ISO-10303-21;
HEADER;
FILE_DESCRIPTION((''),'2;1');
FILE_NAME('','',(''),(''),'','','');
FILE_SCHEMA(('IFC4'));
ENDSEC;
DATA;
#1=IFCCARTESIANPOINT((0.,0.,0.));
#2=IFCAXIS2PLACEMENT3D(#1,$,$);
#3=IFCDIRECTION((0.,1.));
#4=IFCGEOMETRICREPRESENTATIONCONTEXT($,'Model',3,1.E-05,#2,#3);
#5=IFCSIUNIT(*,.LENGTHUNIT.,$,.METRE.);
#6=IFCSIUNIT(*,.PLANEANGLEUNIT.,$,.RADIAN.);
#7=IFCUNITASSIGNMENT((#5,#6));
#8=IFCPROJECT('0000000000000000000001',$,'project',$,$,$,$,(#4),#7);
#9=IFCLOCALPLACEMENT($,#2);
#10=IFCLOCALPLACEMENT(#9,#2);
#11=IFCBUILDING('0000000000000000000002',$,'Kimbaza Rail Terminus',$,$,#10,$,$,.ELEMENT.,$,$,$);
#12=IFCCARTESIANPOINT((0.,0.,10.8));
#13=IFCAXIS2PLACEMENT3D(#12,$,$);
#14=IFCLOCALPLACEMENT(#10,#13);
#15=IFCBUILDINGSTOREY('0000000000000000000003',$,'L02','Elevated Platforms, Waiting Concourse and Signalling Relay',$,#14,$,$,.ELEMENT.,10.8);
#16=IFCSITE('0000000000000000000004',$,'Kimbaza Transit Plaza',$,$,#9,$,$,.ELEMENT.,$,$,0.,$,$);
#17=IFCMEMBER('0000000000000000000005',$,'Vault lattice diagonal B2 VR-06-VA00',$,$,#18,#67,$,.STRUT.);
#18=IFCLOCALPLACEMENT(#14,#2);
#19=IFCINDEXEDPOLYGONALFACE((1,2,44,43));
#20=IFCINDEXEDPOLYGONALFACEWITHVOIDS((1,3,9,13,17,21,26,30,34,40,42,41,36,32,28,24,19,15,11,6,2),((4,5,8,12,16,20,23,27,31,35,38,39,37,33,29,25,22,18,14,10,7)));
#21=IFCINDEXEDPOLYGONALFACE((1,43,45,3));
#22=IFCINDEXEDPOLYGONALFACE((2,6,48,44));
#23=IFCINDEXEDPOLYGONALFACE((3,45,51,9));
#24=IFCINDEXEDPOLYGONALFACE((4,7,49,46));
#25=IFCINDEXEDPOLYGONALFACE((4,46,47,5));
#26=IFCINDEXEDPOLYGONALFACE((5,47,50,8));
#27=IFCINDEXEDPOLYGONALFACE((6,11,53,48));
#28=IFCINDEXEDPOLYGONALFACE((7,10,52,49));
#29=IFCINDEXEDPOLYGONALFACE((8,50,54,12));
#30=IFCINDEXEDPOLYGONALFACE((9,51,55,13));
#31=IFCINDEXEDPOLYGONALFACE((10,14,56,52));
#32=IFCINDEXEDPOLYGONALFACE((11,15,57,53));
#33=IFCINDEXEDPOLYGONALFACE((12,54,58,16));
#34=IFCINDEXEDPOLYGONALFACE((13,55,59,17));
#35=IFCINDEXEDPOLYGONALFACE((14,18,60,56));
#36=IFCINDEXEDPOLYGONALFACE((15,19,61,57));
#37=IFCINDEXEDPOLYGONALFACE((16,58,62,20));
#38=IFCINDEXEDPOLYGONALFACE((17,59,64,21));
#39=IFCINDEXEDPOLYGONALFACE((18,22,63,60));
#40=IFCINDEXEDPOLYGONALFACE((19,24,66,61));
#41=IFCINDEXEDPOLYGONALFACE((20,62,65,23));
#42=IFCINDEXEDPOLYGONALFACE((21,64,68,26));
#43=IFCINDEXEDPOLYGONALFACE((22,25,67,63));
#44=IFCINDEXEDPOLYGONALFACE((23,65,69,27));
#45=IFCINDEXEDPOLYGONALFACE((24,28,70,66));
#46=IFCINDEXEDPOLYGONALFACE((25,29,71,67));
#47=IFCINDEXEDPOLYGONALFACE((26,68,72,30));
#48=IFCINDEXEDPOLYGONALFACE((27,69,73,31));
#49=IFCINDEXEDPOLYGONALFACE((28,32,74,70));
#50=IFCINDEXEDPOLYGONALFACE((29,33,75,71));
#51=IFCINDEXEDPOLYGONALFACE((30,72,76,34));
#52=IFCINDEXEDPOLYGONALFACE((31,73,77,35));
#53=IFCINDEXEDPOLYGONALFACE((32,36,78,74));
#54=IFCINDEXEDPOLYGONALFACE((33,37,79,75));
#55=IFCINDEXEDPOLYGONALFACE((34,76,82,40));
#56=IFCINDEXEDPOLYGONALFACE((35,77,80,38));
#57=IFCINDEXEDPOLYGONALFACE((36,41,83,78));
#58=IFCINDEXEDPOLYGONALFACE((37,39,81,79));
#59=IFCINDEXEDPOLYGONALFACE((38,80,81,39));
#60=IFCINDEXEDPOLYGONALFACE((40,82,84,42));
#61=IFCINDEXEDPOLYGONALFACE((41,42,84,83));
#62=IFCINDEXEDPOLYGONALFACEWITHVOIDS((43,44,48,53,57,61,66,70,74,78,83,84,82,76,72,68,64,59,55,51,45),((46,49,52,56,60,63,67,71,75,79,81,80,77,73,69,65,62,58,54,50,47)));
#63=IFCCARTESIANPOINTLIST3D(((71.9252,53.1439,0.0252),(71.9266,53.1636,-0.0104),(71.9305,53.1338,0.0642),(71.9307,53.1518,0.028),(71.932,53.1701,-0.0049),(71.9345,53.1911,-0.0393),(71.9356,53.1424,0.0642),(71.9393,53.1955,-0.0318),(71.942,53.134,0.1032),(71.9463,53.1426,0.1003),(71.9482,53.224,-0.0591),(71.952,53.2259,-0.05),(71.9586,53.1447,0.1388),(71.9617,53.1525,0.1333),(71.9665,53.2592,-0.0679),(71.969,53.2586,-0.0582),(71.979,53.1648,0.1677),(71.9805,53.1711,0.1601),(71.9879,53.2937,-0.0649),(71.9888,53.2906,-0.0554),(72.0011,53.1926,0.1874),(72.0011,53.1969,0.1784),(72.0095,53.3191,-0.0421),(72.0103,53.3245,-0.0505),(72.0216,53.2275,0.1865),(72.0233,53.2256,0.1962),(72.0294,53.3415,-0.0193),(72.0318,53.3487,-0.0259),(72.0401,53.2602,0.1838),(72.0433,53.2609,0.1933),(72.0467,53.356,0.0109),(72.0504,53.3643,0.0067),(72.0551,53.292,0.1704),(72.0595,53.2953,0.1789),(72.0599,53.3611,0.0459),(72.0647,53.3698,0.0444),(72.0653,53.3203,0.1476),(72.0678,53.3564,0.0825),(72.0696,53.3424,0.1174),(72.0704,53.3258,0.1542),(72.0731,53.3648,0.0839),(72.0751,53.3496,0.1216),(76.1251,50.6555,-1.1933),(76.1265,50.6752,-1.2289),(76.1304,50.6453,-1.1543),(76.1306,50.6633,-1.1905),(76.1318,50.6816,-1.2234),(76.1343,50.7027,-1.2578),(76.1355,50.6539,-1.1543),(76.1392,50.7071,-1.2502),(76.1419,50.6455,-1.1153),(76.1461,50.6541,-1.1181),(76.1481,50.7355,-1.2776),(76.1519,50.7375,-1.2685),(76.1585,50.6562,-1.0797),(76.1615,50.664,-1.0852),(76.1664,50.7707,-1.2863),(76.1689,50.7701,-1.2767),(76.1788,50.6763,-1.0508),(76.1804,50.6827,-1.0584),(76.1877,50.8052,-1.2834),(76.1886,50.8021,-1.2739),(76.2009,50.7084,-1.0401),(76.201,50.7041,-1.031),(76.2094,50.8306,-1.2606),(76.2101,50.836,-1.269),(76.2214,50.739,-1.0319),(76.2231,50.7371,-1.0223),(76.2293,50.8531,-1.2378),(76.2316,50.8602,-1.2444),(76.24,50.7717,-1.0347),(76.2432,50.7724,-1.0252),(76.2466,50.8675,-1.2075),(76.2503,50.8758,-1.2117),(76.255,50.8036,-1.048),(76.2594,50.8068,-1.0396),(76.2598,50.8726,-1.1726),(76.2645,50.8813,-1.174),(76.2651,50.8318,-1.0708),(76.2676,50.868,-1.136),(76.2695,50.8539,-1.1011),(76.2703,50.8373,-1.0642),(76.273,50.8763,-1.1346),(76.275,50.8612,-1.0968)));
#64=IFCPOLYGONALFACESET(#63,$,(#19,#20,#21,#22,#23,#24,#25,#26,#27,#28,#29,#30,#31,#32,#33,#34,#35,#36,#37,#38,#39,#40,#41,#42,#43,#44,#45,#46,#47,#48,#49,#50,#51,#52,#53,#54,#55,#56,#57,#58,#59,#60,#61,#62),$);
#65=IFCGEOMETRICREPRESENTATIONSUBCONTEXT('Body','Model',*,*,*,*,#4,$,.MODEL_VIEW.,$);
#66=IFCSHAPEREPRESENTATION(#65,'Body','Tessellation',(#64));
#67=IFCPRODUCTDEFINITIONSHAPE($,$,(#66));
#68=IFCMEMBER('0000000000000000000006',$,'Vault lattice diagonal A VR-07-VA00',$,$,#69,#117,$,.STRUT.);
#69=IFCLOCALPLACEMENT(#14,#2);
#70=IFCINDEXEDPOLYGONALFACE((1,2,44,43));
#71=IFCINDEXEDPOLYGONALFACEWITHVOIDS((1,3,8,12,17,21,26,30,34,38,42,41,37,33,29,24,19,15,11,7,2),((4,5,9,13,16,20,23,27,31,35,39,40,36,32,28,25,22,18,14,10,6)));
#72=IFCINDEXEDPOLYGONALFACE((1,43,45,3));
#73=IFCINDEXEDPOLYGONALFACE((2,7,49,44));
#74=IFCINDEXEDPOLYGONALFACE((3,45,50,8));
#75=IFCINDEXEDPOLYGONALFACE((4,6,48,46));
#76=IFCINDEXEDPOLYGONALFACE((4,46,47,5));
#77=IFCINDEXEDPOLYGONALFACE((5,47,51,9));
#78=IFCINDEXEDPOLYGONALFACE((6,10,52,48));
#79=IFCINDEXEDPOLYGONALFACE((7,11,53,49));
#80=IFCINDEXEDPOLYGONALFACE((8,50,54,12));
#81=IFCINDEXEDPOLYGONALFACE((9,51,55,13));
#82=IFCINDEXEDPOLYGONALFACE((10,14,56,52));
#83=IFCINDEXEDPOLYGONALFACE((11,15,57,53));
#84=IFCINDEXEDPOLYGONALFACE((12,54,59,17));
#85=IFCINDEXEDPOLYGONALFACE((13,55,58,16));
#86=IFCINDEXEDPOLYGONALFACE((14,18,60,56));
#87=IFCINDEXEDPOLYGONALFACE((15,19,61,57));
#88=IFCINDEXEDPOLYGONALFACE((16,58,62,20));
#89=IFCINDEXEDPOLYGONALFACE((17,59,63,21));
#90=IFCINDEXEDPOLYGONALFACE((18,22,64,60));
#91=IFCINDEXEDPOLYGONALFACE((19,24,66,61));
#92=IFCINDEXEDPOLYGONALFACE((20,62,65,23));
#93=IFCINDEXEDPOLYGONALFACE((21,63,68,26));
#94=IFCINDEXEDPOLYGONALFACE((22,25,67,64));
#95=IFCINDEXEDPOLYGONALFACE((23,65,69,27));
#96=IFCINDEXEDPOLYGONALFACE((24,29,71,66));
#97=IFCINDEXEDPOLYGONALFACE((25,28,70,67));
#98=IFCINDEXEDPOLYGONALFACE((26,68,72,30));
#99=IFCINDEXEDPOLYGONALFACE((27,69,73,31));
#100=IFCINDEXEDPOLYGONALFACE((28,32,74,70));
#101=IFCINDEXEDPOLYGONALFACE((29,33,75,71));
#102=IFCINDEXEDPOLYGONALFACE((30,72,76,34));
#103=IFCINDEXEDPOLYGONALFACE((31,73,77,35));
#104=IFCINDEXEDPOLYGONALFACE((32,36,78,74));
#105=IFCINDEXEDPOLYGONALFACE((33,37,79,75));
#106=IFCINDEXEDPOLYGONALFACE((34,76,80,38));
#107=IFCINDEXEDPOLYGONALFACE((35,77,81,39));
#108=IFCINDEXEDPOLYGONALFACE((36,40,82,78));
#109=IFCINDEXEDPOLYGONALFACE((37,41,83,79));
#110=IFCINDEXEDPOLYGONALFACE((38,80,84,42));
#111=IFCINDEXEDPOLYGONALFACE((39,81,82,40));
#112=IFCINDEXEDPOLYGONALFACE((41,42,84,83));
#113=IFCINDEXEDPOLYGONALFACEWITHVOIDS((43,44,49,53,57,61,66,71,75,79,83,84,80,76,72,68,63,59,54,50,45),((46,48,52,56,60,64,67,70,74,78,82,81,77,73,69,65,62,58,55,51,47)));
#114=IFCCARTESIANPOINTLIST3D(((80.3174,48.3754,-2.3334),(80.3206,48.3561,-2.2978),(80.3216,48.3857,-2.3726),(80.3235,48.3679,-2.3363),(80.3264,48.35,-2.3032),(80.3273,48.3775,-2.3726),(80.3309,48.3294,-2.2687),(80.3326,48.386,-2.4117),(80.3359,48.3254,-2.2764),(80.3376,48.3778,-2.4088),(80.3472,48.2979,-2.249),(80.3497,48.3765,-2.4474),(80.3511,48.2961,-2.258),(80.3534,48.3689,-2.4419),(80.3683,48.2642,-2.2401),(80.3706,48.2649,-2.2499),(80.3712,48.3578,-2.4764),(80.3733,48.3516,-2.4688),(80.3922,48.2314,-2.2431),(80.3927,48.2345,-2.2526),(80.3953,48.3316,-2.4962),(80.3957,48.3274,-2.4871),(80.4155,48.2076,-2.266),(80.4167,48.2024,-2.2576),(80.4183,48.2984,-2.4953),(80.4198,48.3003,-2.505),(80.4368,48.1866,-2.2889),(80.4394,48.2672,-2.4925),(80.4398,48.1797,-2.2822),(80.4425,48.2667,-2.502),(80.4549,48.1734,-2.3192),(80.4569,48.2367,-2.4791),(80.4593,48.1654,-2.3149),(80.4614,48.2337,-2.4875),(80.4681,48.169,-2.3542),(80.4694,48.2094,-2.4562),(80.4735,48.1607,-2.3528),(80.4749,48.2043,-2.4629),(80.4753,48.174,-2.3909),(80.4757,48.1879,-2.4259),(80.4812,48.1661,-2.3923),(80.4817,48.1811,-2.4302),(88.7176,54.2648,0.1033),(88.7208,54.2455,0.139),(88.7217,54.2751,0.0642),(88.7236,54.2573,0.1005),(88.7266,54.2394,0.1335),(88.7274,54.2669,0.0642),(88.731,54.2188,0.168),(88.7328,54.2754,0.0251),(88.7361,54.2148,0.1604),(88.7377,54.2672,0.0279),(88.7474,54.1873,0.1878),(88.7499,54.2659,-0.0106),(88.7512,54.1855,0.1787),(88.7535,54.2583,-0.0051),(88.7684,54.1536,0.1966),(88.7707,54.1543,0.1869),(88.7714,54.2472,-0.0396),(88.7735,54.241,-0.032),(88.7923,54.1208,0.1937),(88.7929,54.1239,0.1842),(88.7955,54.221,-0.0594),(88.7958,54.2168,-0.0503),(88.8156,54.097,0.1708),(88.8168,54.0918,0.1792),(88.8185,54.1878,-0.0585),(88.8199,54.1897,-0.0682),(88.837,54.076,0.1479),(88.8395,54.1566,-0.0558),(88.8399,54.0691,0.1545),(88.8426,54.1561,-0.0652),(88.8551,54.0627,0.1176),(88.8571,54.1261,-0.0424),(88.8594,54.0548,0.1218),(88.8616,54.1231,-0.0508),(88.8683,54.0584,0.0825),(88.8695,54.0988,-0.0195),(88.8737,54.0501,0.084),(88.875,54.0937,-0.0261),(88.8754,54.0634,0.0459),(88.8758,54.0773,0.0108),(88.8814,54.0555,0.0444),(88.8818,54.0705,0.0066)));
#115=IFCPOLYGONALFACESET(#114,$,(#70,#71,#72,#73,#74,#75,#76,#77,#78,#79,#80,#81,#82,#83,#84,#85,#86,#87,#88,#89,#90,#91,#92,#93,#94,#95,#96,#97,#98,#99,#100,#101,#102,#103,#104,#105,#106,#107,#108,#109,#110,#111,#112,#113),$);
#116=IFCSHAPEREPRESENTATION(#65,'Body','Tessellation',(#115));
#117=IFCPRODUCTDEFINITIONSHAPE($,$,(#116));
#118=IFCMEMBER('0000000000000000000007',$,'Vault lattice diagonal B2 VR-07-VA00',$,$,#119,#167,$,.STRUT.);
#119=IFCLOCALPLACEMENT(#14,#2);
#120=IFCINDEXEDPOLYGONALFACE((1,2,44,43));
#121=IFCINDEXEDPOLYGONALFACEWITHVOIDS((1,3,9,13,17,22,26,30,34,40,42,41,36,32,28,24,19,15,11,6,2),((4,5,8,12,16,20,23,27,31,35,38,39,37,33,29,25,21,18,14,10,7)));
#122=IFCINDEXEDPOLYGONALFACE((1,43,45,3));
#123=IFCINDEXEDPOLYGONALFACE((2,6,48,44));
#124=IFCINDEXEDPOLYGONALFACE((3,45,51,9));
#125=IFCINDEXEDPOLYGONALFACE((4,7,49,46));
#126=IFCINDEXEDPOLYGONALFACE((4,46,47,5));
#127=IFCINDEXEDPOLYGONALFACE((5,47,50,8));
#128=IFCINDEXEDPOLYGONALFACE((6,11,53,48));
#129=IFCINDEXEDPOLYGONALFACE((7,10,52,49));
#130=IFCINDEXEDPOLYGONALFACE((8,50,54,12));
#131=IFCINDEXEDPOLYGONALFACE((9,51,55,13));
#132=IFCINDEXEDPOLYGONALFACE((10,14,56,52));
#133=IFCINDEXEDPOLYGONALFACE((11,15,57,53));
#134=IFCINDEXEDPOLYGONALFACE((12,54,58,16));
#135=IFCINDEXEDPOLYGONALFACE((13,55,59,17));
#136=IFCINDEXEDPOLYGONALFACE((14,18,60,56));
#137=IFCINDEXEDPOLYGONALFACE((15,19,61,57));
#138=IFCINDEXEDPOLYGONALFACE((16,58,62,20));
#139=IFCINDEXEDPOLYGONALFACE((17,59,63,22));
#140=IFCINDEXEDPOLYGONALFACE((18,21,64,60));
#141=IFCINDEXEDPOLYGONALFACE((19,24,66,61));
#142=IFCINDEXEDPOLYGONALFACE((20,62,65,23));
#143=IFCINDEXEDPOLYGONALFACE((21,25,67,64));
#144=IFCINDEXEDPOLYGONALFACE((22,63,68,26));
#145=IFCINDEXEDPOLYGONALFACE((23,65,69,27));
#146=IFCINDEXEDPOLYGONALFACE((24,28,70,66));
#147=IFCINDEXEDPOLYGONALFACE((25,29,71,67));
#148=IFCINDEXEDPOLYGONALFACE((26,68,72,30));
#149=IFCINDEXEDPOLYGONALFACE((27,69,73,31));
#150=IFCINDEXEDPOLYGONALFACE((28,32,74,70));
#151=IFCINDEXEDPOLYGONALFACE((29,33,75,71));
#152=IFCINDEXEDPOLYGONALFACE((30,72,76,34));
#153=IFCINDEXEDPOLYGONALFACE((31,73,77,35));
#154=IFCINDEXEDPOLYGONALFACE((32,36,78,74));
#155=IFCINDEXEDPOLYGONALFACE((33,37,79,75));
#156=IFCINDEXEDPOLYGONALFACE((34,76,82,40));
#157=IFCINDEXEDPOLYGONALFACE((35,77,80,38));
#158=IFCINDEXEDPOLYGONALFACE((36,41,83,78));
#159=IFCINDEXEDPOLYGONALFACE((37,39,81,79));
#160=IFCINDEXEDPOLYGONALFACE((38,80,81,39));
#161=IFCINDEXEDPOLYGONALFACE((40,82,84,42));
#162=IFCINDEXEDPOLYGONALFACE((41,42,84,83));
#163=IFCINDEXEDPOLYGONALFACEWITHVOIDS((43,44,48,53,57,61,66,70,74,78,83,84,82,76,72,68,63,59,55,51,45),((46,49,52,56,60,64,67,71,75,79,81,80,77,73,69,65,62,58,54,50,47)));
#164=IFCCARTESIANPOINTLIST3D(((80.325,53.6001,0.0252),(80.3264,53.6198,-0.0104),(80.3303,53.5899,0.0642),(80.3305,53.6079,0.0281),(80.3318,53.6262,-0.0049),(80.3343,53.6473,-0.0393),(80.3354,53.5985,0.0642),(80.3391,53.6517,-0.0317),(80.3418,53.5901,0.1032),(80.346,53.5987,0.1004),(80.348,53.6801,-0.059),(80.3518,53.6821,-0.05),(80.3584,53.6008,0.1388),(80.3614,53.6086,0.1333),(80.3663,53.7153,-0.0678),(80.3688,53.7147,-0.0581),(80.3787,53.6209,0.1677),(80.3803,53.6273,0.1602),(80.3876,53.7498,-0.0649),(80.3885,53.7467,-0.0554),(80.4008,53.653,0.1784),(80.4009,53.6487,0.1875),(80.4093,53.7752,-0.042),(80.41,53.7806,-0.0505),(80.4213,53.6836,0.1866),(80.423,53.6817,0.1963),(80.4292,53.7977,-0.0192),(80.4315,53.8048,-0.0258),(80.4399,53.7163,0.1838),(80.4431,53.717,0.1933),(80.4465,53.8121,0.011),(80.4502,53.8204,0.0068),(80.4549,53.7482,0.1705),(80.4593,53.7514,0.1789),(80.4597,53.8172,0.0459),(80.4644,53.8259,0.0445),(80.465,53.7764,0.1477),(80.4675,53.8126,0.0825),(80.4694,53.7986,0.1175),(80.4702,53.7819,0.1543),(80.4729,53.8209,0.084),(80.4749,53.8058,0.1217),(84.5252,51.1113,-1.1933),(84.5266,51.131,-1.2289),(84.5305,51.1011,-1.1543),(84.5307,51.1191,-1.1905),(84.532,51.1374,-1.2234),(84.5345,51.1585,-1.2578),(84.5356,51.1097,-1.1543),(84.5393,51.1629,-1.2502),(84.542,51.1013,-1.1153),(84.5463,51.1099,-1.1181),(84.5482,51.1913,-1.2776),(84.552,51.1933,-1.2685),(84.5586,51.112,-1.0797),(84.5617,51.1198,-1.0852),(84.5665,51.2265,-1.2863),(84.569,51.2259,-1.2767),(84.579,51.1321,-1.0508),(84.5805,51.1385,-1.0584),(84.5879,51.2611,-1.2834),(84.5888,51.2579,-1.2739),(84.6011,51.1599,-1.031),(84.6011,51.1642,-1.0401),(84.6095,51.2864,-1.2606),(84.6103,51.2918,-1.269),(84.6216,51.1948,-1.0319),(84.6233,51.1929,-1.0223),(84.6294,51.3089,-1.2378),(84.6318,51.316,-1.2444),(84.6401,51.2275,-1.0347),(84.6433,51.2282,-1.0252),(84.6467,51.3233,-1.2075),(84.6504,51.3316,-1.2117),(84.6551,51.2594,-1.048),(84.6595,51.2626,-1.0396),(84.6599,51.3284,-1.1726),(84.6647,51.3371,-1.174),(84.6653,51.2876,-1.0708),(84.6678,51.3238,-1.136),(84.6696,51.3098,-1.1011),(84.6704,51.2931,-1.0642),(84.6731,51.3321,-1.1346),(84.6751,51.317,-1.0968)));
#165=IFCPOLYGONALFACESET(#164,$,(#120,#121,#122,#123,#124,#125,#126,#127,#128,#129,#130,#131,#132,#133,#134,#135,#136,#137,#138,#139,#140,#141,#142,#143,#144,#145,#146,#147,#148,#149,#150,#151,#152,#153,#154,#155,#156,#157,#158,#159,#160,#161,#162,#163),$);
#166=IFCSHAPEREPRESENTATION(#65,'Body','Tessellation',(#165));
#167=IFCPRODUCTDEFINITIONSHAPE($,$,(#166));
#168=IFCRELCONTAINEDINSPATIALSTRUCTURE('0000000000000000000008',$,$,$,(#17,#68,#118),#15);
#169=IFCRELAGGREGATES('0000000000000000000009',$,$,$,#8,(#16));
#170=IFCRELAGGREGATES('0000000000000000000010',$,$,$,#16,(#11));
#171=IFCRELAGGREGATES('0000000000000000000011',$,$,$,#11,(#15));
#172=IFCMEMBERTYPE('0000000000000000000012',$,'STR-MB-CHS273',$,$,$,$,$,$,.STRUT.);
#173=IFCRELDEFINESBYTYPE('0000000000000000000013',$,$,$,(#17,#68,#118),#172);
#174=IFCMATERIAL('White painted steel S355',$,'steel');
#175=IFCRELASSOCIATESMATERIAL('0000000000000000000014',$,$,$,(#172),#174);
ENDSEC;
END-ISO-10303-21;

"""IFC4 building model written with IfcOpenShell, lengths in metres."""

from ifc_helpers import new_model, si_unit, direction, frame, origin, origin_2d, place, context, subcontext, project, spatial, hollow_circle, extrude, material, material_profile, profile_set, type_object, element, save


model = new_model("IFC4")

# Units and contexts
model_context = context("Model", 3, precision=1e-05, world=origin(), true_north=direction((0.0, 1.0)))
body_context = subcontext(model_context, "Body", "Model", "MODEL_VIEW")
ifc_project = project(units=[si_unit("LENGTHUNIT", "METRE"), si_unit("PLANEANGLEUNIT", "RADIAN")], contexts=[model_context])

# Site, building, storey
site_placement = place(None, origin())
site = spatial("IfcSite", under=ifc_project, at=site_placement, Name="Kimbaza Transit Plaza", CompositionType="ELEMENT", RefElevation=0.0)
building_placement = place(site_placement, origin())
building = spatial("IfcBuilding", under=site, at=building_placement, Name="Kimbaza Rail Terminus", CompositionType="ELEMENT")
storey_placement = place(building_placement, frame((0.0, 0.0, 10.8)))
storey = spatial("IfcBuildingStorey", under=building, at=storey_placement, Name="L02", Description="Elevated Platforms, Waiting Concourse and Signalling Relay", CompositionType="ELEMENT", Elevation=10.8)

# Members
ifc_material_1 = material(Name="White painted steel S355", Category="steel")
ifc_material_profile_1 = material_profile(ifc_material_1, hollow_circle(Radius=0.1365, WallThickness=0.01, at=origin_2d()), Name="CHS 273x10")
ifc_profile_set_1 = profile_set([ifc_material_profile_1], Name="White painted steel S355")
member_type_1 = type_object("IfcMemberType", Name="STR-MB-CHS273", PredefinedType="STRUT", material=ifc_profile_set_1)
member_1_placement = place(storey_placement, frame((76.2, 50.7627, -1.1543), z_axis=(-0.834713, 0.494578, 0.24217), x_axis=(-0.509752, -0.860322, 0.0)))
element("IfcMember", 1, at=member_1_placement, inside=storey, type_object=member_type_1, Name="Vault lattice diagonal B2 VR-06-VA00", PredefinedType="STRUT", context=body_context, shape_type="SweptSolid", body=[
    extrude(hollow_circle(Radius=0.1365, WallThickness=0.01, at=origin_2d()), origin(), (0.0, 0.0, 1.0), 5.0315),
])
member_2_placement = place(storey_placement, frame((80.3999, 48.2739, -2.3726), z_axis=(0.796642, 0.558531, 0.231095), x_axis=(-0.574071, 0.818806, 0.0)))
element("IfcMember", 2, at=member_2_placement, inside=storey, type_object=member_type_1, Name="Vault lattice diagonal A VR-07-VA00", PredefinedType="STRUT", context=body_context, shape_type="SweptSolid", body=[
    extrude(hollow_circle(Radius=0.1365, WallThickness=0.01, at=origin_2d()), origin(), (0.0, 0.0, 1.0), 10.5444),
])
member_3_placement = place(storey_placement, frame((84.6001, 51.2185, -1.1543), z_axis=(-0.834708, 0.494595, 0.242155), x_axis=(-0.509767, -0.860313, 0.0)))
element("IfcMember", 3, at=member_3_placement, inside=storey, type_object=member_type_1, Name="Vault lattice diagonal B2 VR-07-VA00", PredefinedType="STRUT", context=body_context, shape_type="SweptSolid", body=[
    extrude(hollow_circle(Radius=0.1365, WallThickness=0.01, at=origin_2d()), origin(), (0.0, 0.0, 1.0), 5.032),
])

save(model, "model.ifc")
